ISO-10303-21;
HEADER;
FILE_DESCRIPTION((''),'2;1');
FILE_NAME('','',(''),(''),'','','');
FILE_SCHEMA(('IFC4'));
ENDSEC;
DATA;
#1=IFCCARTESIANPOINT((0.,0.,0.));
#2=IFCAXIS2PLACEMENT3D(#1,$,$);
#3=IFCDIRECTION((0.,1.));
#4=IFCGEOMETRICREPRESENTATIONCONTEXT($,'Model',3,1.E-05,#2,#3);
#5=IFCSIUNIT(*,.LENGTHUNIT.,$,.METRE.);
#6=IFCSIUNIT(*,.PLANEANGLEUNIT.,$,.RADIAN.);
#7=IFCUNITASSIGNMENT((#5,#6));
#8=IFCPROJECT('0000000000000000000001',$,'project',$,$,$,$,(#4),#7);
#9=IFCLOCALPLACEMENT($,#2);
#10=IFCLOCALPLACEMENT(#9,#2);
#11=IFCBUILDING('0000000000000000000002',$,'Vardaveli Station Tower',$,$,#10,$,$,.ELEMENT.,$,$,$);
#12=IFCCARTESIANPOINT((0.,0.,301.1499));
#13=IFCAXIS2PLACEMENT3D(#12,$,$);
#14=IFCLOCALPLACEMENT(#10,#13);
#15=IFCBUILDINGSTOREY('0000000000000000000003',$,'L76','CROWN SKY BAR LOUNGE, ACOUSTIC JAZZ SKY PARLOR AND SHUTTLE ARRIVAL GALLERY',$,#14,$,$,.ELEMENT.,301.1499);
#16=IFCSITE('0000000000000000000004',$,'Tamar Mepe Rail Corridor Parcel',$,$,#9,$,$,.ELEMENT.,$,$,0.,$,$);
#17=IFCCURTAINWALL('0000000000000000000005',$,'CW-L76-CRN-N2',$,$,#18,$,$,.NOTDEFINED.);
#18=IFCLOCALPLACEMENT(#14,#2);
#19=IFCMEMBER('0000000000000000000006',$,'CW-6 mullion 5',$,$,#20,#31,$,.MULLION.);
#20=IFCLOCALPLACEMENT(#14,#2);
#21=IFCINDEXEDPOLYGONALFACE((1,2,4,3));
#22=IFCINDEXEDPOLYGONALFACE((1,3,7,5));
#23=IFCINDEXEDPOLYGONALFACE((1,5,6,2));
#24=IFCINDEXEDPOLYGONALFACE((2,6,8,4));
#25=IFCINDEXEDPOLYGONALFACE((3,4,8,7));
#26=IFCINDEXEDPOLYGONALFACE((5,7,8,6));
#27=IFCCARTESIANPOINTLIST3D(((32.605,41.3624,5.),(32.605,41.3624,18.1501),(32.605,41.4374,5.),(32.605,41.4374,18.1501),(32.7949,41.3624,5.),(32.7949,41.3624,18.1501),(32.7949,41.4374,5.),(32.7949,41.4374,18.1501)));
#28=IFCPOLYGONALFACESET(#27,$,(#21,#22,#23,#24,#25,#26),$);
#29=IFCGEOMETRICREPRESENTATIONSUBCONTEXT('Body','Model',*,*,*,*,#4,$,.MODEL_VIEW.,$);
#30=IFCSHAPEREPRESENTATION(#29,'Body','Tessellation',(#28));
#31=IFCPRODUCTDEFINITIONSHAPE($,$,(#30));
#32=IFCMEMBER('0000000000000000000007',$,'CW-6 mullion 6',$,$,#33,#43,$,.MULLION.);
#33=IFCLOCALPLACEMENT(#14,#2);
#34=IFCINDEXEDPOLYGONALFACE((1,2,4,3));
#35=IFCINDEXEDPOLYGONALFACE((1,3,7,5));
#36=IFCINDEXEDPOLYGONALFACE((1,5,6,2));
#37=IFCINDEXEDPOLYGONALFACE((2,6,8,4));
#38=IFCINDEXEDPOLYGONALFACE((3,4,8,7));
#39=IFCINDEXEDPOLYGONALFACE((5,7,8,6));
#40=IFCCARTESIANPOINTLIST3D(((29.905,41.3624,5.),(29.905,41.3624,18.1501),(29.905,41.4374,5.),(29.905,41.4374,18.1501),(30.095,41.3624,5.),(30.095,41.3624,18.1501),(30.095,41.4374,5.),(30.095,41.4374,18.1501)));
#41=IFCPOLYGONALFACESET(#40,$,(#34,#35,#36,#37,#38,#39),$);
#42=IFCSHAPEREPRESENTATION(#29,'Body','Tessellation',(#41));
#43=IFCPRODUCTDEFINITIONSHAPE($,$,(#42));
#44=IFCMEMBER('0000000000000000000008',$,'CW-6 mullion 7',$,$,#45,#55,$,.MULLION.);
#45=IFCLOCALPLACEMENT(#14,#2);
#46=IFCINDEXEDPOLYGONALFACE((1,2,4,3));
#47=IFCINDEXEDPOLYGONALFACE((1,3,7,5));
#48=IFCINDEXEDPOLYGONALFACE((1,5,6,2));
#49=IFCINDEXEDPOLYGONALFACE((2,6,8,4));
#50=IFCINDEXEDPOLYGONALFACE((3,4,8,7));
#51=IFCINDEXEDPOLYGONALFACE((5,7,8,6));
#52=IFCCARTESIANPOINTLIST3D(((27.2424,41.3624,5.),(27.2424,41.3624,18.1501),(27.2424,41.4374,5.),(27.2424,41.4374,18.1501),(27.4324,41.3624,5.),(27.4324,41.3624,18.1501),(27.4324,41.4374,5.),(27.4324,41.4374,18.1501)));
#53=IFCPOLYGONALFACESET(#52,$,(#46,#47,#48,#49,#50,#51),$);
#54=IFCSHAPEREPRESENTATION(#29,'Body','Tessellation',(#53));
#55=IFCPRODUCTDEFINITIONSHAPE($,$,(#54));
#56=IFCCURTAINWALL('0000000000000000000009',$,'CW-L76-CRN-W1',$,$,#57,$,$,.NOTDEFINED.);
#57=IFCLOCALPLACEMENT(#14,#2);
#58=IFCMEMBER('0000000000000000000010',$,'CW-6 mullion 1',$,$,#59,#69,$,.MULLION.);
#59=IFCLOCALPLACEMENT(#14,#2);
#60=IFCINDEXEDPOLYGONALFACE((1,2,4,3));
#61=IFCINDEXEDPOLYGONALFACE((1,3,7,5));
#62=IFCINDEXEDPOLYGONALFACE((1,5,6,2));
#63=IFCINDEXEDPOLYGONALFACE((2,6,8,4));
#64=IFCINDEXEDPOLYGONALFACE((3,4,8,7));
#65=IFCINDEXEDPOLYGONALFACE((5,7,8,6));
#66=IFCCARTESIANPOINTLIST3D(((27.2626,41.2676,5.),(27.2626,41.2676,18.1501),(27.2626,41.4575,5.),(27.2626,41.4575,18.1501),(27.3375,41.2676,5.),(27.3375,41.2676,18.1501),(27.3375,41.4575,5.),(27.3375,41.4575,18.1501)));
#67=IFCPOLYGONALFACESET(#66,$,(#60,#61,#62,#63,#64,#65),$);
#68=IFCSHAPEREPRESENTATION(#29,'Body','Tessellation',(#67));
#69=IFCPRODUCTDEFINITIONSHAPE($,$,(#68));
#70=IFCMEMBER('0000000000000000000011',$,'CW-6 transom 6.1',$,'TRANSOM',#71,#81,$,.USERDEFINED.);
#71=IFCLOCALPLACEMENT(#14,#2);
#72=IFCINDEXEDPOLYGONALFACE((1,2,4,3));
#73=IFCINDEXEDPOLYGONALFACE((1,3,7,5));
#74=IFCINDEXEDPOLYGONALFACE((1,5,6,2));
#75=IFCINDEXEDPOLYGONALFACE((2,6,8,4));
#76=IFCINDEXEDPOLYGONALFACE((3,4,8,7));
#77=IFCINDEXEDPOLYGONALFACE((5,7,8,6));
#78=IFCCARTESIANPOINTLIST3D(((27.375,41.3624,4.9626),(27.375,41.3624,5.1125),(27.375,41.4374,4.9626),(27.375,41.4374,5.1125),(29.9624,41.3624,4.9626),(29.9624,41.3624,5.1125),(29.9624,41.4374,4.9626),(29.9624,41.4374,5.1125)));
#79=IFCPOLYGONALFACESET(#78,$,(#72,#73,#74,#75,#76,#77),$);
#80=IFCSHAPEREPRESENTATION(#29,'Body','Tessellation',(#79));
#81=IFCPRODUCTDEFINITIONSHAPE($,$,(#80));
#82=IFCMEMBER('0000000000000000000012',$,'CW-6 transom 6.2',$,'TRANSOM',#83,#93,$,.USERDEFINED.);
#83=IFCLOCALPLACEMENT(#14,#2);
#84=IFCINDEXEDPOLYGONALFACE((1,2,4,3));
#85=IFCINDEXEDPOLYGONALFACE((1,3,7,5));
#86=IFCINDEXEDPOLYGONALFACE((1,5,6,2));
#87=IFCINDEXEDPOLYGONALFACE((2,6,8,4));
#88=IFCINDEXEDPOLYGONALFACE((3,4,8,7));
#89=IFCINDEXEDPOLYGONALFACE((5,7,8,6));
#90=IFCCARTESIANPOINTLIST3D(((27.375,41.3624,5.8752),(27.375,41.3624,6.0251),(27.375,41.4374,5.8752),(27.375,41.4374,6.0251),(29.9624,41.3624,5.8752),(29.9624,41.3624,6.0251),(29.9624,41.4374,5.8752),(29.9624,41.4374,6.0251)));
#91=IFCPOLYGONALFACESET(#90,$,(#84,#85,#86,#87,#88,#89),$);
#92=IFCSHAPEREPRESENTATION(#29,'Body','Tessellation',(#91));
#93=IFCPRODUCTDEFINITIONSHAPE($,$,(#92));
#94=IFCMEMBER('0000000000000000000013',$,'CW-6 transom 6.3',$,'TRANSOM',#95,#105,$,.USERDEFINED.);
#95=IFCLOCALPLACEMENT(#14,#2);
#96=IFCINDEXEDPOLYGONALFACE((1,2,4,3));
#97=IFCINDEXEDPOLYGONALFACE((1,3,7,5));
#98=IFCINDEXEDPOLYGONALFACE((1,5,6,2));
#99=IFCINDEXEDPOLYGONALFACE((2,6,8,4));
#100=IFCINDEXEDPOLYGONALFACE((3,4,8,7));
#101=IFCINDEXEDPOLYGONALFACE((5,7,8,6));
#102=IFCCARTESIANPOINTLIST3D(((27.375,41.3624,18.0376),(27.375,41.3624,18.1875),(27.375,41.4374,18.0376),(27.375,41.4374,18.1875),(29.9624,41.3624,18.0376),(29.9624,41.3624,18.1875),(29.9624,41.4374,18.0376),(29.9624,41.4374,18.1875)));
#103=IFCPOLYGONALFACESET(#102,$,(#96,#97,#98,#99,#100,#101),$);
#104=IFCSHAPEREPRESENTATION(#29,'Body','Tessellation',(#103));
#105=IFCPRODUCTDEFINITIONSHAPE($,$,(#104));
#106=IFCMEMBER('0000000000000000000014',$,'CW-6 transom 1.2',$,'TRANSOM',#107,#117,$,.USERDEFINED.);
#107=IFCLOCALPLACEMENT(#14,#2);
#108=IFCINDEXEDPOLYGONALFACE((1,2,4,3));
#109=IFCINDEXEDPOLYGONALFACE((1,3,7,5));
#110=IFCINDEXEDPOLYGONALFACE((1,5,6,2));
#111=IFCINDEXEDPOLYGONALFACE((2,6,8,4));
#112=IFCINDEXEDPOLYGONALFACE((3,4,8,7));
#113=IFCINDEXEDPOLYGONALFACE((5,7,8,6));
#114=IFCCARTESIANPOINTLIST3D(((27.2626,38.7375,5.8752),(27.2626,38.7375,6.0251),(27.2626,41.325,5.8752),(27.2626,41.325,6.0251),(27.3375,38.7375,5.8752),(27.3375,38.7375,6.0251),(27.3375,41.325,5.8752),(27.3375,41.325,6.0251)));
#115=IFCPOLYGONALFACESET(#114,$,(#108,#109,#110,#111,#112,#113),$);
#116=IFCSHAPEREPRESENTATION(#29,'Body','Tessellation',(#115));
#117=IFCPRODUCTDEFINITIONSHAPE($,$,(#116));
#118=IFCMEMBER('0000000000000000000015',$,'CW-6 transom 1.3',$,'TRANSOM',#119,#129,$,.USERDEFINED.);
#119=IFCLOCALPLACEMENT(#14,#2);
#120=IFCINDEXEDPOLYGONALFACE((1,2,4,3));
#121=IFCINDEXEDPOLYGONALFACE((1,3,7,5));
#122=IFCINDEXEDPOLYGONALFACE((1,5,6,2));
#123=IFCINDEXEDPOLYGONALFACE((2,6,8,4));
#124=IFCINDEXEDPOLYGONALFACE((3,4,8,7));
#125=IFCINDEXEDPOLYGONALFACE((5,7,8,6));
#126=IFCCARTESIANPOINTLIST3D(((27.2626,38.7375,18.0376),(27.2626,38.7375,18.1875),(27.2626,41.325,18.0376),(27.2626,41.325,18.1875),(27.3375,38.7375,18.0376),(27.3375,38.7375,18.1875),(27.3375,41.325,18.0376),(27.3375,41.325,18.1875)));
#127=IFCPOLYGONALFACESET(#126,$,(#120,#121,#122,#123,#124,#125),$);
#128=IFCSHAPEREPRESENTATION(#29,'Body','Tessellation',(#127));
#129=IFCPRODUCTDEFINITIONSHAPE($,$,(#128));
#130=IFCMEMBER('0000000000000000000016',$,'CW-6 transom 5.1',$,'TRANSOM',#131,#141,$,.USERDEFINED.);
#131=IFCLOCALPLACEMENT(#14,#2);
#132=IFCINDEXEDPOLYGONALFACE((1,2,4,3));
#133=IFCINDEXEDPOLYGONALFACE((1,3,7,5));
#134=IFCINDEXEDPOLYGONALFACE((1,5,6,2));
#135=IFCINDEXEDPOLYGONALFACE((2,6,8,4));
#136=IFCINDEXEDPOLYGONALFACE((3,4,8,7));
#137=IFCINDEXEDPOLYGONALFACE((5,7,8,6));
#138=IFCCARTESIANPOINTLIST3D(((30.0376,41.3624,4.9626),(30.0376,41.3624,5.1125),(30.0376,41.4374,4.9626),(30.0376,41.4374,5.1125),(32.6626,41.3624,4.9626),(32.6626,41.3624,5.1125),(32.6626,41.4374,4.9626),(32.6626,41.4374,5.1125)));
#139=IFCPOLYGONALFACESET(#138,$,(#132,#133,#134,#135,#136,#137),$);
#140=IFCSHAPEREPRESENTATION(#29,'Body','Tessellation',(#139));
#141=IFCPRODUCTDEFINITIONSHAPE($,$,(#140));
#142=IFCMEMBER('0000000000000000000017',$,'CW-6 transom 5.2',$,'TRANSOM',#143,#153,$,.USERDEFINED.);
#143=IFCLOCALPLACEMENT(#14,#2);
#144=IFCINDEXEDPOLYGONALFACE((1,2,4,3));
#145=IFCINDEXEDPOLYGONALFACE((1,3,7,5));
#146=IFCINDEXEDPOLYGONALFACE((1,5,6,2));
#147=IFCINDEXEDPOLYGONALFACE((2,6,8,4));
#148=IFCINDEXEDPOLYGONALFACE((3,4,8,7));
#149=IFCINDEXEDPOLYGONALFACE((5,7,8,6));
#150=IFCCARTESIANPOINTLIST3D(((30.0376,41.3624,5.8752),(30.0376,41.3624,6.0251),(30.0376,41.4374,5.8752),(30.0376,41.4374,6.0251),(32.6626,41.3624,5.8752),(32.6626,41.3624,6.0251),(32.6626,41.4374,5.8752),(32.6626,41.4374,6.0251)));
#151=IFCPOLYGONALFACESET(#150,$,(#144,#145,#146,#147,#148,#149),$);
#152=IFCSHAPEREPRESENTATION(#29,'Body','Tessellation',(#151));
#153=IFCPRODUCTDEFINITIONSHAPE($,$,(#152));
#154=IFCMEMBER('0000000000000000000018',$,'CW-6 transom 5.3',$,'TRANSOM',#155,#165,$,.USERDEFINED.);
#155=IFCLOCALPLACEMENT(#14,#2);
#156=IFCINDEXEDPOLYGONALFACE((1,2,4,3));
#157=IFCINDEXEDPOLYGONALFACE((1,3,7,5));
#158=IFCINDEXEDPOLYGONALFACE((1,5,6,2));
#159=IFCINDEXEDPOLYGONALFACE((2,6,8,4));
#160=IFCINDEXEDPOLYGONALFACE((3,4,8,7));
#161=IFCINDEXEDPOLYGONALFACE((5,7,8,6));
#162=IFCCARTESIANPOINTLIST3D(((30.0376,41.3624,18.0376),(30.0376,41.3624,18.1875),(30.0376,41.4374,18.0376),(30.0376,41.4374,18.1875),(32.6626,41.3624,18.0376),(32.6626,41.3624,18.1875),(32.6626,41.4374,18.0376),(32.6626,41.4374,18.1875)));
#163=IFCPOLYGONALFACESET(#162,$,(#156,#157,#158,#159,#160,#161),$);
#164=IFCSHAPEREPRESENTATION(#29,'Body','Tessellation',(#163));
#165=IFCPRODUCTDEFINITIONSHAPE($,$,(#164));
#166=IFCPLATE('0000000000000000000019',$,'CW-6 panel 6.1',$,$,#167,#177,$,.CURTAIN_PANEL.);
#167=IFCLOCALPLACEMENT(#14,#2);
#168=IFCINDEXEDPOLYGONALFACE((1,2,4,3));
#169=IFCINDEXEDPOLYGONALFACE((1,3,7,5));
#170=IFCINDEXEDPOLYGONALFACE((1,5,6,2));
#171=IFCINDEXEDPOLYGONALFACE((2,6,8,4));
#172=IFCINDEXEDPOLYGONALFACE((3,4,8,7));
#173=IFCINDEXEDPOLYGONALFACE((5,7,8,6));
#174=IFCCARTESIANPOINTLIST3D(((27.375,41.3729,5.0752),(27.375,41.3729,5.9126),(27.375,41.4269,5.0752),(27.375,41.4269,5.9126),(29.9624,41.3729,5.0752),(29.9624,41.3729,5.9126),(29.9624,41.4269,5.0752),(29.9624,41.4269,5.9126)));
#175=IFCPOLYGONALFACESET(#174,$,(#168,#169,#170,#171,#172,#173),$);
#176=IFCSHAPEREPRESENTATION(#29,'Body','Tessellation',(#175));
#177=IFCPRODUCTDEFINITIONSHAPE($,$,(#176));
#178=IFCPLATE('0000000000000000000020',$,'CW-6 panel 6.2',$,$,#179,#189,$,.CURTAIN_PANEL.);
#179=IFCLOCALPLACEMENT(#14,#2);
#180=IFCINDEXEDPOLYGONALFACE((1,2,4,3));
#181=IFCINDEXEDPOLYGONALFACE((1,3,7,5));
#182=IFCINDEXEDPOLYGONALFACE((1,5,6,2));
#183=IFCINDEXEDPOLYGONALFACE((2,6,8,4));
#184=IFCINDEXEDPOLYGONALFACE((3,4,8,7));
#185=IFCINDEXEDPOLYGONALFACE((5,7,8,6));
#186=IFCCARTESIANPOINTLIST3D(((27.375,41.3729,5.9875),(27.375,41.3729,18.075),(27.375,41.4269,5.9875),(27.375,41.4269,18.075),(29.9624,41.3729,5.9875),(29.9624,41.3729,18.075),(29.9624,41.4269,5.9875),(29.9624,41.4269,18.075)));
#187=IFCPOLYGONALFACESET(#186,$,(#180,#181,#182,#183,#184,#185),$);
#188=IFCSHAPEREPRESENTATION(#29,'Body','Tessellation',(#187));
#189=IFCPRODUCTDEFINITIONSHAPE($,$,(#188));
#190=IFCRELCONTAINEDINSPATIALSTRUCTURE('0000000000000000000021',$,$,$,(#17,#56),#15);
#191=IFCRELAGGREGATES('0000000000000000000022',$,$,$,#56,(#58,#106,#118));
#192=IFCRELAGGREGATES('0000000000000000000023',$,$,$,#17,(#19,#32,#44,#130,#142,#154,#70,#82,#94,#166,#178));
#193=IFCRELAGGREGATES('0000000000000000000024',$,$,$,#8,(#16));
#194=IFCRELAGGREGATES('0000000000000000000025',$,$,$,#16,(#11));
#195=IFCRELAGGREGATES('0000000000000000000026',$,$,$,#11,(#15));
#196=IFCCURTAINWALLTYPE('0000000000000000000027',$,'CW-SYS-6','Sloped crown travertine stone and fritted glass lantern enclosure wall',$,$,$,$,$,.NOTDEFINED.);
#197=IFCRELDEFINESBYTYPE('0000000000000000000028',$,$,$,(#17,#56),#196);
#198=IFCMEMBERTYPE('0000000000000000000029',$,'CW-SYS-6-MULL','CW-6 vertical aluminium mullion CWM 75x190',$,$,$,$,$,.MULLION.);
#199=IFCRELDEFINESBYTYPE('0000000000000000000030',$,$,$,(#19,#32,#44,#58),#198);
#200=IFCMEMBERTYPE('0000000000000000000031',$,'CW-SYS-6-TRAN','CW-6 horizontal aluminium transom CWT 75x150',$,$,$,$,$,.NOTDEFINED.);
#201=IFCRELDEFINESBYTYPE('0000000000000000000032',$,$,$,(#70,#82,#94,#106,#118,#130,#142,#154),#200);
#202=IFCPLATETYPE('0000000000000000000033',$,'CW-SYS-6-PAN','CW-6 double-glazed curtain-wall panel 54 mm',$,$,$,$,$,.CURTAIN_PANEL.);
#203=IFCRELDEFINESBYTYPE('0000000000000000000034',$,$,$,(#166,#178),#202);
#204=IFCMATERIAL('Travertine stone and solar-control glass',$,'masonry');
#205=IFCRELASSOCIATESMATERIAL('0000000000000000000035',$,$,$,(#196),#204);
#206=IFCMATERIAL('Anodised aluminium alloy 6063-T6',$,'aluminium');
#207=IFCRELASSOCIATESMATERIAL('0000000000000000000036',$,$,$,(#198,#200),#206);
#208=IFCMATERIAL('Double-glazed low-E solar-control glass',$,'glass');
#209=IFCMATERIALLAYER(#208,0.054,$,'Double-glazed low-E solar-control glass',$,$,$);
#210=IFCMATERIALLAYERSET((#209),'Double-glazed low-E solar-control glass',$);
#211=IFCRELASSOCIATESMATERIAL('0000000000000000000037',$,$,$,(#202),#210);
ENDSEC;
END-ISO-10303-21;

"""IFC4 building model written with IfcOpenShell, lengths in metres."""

from ifc_helpers import new_model, si_unit, direction, frame, origin, origin_2d, place, context, subcontext, project, spatial, rectangle, extrude, source, transform, mapped, material, layer, layer_set, material_profile, profile_set, type_object, element, aggregate, save


model = new_model("IFC4")

# Units and contexts
model_context = context("Model", 3, precision=1e-05, world=origin(), true_north=direction((0.0, 1.0)))
body_context = subcontext(model_context, "Body", "Model", "MODEL_VIEW")
ifc_project = project(units=[si_unit("LENGTHUNIT", "METRE"), si_unit("PLANEANGLEUNIT", "RADIAN")], contexts=[model_context])

# Site, building, storey
site_placement = place(None, origin())
site = spatial("IfcSite", under=ifc_project, at=site_placement, Name="Tamar Mepe Rail Corridor Parcel", CompositionType="ELEMENT", RefElevation=0.0)
building_placement = place(site_placement, origin())
building = spatial("IfcBuilding", under=site, at=building_placement, Name="Vardaveli Station Tower", CompositionType="ELEMENT")
storey_placement = place(building_placement, frame((0.0, 0.0, 301.1499)))
storey = spatial("IfcBuildingStorey", under=building, at=storey_placement, Name="L76", Description="CROWN SKY BAR LOUNGE, ACOUSTIC JAZZ SKY PARLOR AND SHUTTLE ARRIVAL GALLERY", CompositionType="ELEMENT", Elevation=301.1499)

# Curtain wall, members
ifc_material_1 = material(Name="Travertine stone and solar-control glass", Category="masonry")
curtain_wall_type = type_object("IfcCurtainWallType", Name="CW-SYS-6", Description="Sloped crown travertine stone and fritted glass lantern enclosure wall", PredefinedType="NOTDEFINED", material=ifc_material_1)
curtain_wall_1_placement = place(storey_placement, origin())
curtain_wall_1 = element("IfcCurtainWall", 1, at=curtain_wall_1_placement, inside=storey, type_object=curtain_wall_type, Name="CW-L76-CRN-N2", PredefinedType="NOTDEFINED")
ifc_material_2 = material(Name="Anodised aluminium alloy 6063-T6", Category="aluminium")
ifc_material_profile_1 = material_profile(ifc_material_2, rectangle(XDim=0.075, YDim=0.1899, at=origin_2d()), Name="CWM 75x190")
ifc_profile_set_1 = profile_set([ifc_material_profile_1], Name="Anodised aluminium alloy 6063-T6")
member_type_1 = type_object("IfcMemberType", Name="CW-SYS-6-MULL", Description="CW-6 vertical aluminium mullion CWM 75x190", PredefinedType="MULLION", material=ifc_profile_set_1)
shared_shape_1 = source(origin(), body_context, "Body", "SweptSolid", [
    extrude(rectangle(XDim=0.075, YDim=0.1899, at=origin_2d()), origin(), (0.0, 0.0, 1.0), 13.1501),
])
member_1_placement = place(storey_placement, frame((32.7, 41.3999, 5.0), z_axis=(0.0, 0.0, 1.0), x_axis=(0.0, -1.0, 0.0)))
member_1 = element("IfcMember", 2, at=member_1_placement, type_object=member_type_1, Name="CW-6 mullion 5", PredefinedType="MULLION", context=body_context, shape_type="MappedRepresentation", body=[
    mapped(shared_shape_1, transform((0.0, 0.0, 0.0), scale=1.0)),
])
member_2_placement = place(storey_placement, frame((30.0, 41.3999, 5.0), z_axis=(0.0, 0.0, 1.0), x_axis=(0.0, -1.0, 0.0)))
member_2 = element("IfcMember", 3, at=member_2_placement, type_object=member_type_1, Name="CW-6 mullion 6", PredefinedType="MULLION", context=body_context, shape_type="MappedRepresentation", body=[
    mapped(shared_shape_1, transform((0.0, 0.0, 0.0), scale=1.0)),
])
member_3_placement = place(storey_placement, frame((27.3374, 41.3999, 5.0), z_axis=(0.0, 0.0, 1.0), x_axis=(0.0, -1.0, 0.0)))
member_3 = element("IfcMember", 4, at=member_3_placement, type_object=member_type_1, Name="CW-6 mullion 7", PredefinedType="MULLION", context=body_context, shape_type="MappedRepresentation", body=[
    mapped(shared_shape_1, transform((0.0, 0.0, 0.0), scale=1.0)),
])

# Curtain wall, member
curtain_wall_2_placement = place(storey_placement, origin())
curtain_wall_2 = element("IfcCurtainWall", 5, at=curtain_wall_2_placement, inside=storey, type_object=curtain_wall_type, Name="CW-L76-CRN-W1", PredefinedType="NOTDEFINED")
member_4_placement = place(storey_placement, frame((27.3, 41.3625, 5.0), z_axis=(0.0, 0.0, 1.0), x_axis=(1.0, 0.0, 0.0)))
member_4 = element("IfcMember", 6, at=member_4_placement, type_object=member_type_1, Name="CW-6 mullion 1", PredefinedType="MULLION", context=body_context, shape_type="MappedRepresentation", body=[
    mapped(shared_shape_1, transform((0.0, 0.0, 0.0), scale=1.0)),
])

# Members
ifc_material_profile_2 = material_profile(ifc_material_2, rectangle(XDim=0.075, YDim=0.1499, at=origin_2d()), Name="CWT 75x150")
ifc_profile_set_2 = profile_set([ifc_material_profile_2], Name="Anodised aluminium alloy 6063-T6")
member_type_2 = type_object("IfcMemberType", Name="CW-SYS-6-TRAN", Description="CW-6 horizontal aluminium transom CWT 75x150", PredefinedType="NOTDEFINED", material=ifc_profile_set_2)
shared_shape_2 = source(origin(), body_context, "Body", "SweptSolid", [
    extrude(rectangle(XDim=0.075, YDim=0.1499, at=origin_2d()), origin(), (0.0, 0.0, 1.0), 2.5874),
])
member_5_placement = place(storey_placement, frame((29.9624, 41.3999, 5.0376), z_axis=(-1.0, 0.0, 0.0), x_axis=(0.0, -1.0, 0.0)))
member_5 = element("IfcMember", 7, at=member_5_placement, type_object=member_type_2, Name="CW-6 transom 6.1", ObjectType="TRANSOM", PredefinedType="USERDEFINED", context=body_context, shape_type="MappedRepresentation", body=[
    mapped(shared_shape_2, transform((0.0, 0.0, 0.0), scale=1.0)),
])
member_6_placement = place(storey_placement, frame((29.9624, 41.3999, 5.9502), z_axis=(-1.0, 0.0, 0.0), x_axis=(0.0, -1.0, 0.0)))
member_6 = element("IfcMember", 8, at=member_6_placement, type_object=member_type_2, Name="CW-6 transom 6.2", ObjectType="TRANSOM", PredefinedType="USERDEFINED", context=body_context, shape_type="MappedRepresentation", body=[
    mapped(shared_shape_2, transform((0.0, 0.0, 0.0), scale=1.0)),
])
member_7_placement = place(storey_placement, frame((29.9624, 41.3999, 18.1125), z_axis=(-1.0, 0.0, 0.0), x_axis=(0.0, -1.0, 0.0)))
member_7 = element("IfcMember", 9, at=member_7_placement, type_object=member_type_2, Name="CW-6 transom 6.3", ObjectType="TRANSOM", PredefinedType="USERDEFINED", context=body_context, shape_type="MappedRepresentation", body=[
    mapped(shared_shape_2, transform((0.0, 0.0, 0.0), scale=1.0)),
])
member_8_placement = place(storey_placement, frame((27.3, 41.325, 5.9502), z_axis=(0.0, -1.0, 0.0), x_axis=(1.0, 0.0, 0.0)))
member_8 = element("IfcMember", 10, at=member_8_placement, type_object=member_type_2, Name="CW-6 transom 1.2", ObjectType="TRANSOM", PredefinedType="USERDEFINED", context=body_context, shape_type="MappedRepresentation", body=[
    mapped(shared_shape_2, transform((0.0, 0.0, 0.0), scale=1.0)),
])
member_9_placement = place(storey_placement, frame((27.3, 41.325, 18.1125), z_axis=(0.0, -1.0, 0.0), x_axis=(1.0, 0.0, 0.0)))
member_9 = element("IfcMember", 11, at=member_9_placement, type_object=member_type_2, Name="CW-6 transom 1.3", ObjectType="TRANSOM", PredefinedType="USERDEFINED", context=body_context, shape_type="MappedRepresentation", body=[
    mapped(shared_shape_2, transform((0.0, 0.0, 0.0), scale=1.0)),
])
aggregate(curtain_wall_2, [member_4, member_8, member_9])
shared_shape_3 = source(origin(), body_context, "Body", "SweptSolid", [
    extrude(rectangle(XDim=0.075, YDim=0.1499, at=origin_2d()), origin(), (0.0, 0.0, 1.0), 2.625),
])
member_10_placement = place(storey_placement, frame((32.6626, 41.3999, 5.0376), z_axis=(-1.0, 0.0, 0.0), x_axis=(0.0, -1.0, 0.0)))
member_10 = element("IfcMember", 12, at=member_10_placement, type_object=member_type_2, Name="CW-6 transom 5.1", ObjectType="TRANSOM", PredefinedType="USERDEFINED", context=body_context, shape_type="MappedRepresentation", body=[
    mapped(shared_shape_3, transform((0.0, 0.0, 0.0), scale=1.0)),
])
member_11_placement = place(storey_placement, frame((32.6626, 41.3999, 5.9502), z_axis=(-1.0, 0.0, 0.0), x_axis=(0.0, -1.0, 0.0)))
member_11 = element("IfcMember", 13, at=member_11_placement, type_object=member_type_2, Name="CW-6 transom 5.2", ObjectType="TRANSOM", PredefinedType="USERDEFINED", context=body_context, shape_type="MappedRepresentation", body=[
    mapped(shared_shape_3, transform((0.0, 0.0, 0.0), scale=1.0)),
])
member_12_placement = place(storey_placement, frame((32.6626, 41.3999, 18.1125), z_axis=(-1.0, 0.0, 0.0), x_axis=(0.0, -1.0, 0.0)))
member_12 = element("IfcMember", 14, at=member_12_placement, type_object=member_type_2, Name="CW-6 transom 5.3", ObjectType="TRANSOM", PredefinedType="USERDEFINED", context=body_context, shape_type="MappedRepresentation", body=[
    mapped(shared_shape_3, transform((0.0, 0.0, 0.0), scale=1.0)),
])

# Plates
ifc_material_3 = material(Name="Double-glazed low-E solar-control glass", Category="glass")
ifc_layer_1 = layer(ifc_material_3, 0.054, Name="Double-glazed low-E solar-control glass")
ifc_layer_set_1 = layer_set([ifc_layer_1], Name="Double-glazed low-E solar-control glass")
plate_type = type_object("IfcPlateType", Name="CW-SYS-6-PAN", Description="CW-6 double-glazed curtain-wall panel 54 mm", PredefinedType="CURTAIN_PANEL", material=ifc_layer_set_1)
shared_shape_4 = source(origin(), body_context, "Body", "SweptSolid", [
    extrude(rectangle(XDim=2.5874, YDim=0.054, at=origin_2d()), origin(), (0.0, 0.0, 1.0), 0.8374),
])
plate_1_placement = place(storey_placement, frame((28.6687, 41.3999, 5.0752), z_axis=(0.0, 0.0, 1.0), x_axis=(-1.0, 0.0, 0.0)))
plate_1 = element("IfcPlate", 15, at=plate_1_placement, type_object=plate_type, Name="CW-6 panel 6.1", PredefinedType="CURTAIN_PANEL", context=body_context, shape_type="MappedRepresentation", body=[
    mapped(shared_shape_4, transform((0.0, 0.0, 0.0), scale=1.0)),
])
shared_shape_5 = source(origin(), body_context, "Body", "SweptSolid", [
    extrude(rectangle(XDim=2.5874, YDim=0.054, at=origin_2d()), origin(), (0.0, 0.0, 1.0), 12.0874),
])
plate_2_placement = place(storey_placement, frame((28.6687, 41.3999, 5.9875), z_axis=(0.0, 0.0, 1.0), x_axis=(-1.0, 0.0, 0.0)))
plate_2 = element("IfcPlate", 16, at=plate_2_placement, type_object=plate_type, Name="CW-6 panel 6.2", PredefinedType="CURTAIN_PANEL", context=body_context, shape_type="MappedRepresentation", body=[
    mapped(shared_shape_5, transform((0.0, 0.0, 0.0), scale=1.0)),
])
aggregate(curtain_wall_1, [member_1, member_2, member_3, member_10, member_11, member_12, member_5, member_6, member_7, plate_1, plate_2])

save(model, "model.ifc")
